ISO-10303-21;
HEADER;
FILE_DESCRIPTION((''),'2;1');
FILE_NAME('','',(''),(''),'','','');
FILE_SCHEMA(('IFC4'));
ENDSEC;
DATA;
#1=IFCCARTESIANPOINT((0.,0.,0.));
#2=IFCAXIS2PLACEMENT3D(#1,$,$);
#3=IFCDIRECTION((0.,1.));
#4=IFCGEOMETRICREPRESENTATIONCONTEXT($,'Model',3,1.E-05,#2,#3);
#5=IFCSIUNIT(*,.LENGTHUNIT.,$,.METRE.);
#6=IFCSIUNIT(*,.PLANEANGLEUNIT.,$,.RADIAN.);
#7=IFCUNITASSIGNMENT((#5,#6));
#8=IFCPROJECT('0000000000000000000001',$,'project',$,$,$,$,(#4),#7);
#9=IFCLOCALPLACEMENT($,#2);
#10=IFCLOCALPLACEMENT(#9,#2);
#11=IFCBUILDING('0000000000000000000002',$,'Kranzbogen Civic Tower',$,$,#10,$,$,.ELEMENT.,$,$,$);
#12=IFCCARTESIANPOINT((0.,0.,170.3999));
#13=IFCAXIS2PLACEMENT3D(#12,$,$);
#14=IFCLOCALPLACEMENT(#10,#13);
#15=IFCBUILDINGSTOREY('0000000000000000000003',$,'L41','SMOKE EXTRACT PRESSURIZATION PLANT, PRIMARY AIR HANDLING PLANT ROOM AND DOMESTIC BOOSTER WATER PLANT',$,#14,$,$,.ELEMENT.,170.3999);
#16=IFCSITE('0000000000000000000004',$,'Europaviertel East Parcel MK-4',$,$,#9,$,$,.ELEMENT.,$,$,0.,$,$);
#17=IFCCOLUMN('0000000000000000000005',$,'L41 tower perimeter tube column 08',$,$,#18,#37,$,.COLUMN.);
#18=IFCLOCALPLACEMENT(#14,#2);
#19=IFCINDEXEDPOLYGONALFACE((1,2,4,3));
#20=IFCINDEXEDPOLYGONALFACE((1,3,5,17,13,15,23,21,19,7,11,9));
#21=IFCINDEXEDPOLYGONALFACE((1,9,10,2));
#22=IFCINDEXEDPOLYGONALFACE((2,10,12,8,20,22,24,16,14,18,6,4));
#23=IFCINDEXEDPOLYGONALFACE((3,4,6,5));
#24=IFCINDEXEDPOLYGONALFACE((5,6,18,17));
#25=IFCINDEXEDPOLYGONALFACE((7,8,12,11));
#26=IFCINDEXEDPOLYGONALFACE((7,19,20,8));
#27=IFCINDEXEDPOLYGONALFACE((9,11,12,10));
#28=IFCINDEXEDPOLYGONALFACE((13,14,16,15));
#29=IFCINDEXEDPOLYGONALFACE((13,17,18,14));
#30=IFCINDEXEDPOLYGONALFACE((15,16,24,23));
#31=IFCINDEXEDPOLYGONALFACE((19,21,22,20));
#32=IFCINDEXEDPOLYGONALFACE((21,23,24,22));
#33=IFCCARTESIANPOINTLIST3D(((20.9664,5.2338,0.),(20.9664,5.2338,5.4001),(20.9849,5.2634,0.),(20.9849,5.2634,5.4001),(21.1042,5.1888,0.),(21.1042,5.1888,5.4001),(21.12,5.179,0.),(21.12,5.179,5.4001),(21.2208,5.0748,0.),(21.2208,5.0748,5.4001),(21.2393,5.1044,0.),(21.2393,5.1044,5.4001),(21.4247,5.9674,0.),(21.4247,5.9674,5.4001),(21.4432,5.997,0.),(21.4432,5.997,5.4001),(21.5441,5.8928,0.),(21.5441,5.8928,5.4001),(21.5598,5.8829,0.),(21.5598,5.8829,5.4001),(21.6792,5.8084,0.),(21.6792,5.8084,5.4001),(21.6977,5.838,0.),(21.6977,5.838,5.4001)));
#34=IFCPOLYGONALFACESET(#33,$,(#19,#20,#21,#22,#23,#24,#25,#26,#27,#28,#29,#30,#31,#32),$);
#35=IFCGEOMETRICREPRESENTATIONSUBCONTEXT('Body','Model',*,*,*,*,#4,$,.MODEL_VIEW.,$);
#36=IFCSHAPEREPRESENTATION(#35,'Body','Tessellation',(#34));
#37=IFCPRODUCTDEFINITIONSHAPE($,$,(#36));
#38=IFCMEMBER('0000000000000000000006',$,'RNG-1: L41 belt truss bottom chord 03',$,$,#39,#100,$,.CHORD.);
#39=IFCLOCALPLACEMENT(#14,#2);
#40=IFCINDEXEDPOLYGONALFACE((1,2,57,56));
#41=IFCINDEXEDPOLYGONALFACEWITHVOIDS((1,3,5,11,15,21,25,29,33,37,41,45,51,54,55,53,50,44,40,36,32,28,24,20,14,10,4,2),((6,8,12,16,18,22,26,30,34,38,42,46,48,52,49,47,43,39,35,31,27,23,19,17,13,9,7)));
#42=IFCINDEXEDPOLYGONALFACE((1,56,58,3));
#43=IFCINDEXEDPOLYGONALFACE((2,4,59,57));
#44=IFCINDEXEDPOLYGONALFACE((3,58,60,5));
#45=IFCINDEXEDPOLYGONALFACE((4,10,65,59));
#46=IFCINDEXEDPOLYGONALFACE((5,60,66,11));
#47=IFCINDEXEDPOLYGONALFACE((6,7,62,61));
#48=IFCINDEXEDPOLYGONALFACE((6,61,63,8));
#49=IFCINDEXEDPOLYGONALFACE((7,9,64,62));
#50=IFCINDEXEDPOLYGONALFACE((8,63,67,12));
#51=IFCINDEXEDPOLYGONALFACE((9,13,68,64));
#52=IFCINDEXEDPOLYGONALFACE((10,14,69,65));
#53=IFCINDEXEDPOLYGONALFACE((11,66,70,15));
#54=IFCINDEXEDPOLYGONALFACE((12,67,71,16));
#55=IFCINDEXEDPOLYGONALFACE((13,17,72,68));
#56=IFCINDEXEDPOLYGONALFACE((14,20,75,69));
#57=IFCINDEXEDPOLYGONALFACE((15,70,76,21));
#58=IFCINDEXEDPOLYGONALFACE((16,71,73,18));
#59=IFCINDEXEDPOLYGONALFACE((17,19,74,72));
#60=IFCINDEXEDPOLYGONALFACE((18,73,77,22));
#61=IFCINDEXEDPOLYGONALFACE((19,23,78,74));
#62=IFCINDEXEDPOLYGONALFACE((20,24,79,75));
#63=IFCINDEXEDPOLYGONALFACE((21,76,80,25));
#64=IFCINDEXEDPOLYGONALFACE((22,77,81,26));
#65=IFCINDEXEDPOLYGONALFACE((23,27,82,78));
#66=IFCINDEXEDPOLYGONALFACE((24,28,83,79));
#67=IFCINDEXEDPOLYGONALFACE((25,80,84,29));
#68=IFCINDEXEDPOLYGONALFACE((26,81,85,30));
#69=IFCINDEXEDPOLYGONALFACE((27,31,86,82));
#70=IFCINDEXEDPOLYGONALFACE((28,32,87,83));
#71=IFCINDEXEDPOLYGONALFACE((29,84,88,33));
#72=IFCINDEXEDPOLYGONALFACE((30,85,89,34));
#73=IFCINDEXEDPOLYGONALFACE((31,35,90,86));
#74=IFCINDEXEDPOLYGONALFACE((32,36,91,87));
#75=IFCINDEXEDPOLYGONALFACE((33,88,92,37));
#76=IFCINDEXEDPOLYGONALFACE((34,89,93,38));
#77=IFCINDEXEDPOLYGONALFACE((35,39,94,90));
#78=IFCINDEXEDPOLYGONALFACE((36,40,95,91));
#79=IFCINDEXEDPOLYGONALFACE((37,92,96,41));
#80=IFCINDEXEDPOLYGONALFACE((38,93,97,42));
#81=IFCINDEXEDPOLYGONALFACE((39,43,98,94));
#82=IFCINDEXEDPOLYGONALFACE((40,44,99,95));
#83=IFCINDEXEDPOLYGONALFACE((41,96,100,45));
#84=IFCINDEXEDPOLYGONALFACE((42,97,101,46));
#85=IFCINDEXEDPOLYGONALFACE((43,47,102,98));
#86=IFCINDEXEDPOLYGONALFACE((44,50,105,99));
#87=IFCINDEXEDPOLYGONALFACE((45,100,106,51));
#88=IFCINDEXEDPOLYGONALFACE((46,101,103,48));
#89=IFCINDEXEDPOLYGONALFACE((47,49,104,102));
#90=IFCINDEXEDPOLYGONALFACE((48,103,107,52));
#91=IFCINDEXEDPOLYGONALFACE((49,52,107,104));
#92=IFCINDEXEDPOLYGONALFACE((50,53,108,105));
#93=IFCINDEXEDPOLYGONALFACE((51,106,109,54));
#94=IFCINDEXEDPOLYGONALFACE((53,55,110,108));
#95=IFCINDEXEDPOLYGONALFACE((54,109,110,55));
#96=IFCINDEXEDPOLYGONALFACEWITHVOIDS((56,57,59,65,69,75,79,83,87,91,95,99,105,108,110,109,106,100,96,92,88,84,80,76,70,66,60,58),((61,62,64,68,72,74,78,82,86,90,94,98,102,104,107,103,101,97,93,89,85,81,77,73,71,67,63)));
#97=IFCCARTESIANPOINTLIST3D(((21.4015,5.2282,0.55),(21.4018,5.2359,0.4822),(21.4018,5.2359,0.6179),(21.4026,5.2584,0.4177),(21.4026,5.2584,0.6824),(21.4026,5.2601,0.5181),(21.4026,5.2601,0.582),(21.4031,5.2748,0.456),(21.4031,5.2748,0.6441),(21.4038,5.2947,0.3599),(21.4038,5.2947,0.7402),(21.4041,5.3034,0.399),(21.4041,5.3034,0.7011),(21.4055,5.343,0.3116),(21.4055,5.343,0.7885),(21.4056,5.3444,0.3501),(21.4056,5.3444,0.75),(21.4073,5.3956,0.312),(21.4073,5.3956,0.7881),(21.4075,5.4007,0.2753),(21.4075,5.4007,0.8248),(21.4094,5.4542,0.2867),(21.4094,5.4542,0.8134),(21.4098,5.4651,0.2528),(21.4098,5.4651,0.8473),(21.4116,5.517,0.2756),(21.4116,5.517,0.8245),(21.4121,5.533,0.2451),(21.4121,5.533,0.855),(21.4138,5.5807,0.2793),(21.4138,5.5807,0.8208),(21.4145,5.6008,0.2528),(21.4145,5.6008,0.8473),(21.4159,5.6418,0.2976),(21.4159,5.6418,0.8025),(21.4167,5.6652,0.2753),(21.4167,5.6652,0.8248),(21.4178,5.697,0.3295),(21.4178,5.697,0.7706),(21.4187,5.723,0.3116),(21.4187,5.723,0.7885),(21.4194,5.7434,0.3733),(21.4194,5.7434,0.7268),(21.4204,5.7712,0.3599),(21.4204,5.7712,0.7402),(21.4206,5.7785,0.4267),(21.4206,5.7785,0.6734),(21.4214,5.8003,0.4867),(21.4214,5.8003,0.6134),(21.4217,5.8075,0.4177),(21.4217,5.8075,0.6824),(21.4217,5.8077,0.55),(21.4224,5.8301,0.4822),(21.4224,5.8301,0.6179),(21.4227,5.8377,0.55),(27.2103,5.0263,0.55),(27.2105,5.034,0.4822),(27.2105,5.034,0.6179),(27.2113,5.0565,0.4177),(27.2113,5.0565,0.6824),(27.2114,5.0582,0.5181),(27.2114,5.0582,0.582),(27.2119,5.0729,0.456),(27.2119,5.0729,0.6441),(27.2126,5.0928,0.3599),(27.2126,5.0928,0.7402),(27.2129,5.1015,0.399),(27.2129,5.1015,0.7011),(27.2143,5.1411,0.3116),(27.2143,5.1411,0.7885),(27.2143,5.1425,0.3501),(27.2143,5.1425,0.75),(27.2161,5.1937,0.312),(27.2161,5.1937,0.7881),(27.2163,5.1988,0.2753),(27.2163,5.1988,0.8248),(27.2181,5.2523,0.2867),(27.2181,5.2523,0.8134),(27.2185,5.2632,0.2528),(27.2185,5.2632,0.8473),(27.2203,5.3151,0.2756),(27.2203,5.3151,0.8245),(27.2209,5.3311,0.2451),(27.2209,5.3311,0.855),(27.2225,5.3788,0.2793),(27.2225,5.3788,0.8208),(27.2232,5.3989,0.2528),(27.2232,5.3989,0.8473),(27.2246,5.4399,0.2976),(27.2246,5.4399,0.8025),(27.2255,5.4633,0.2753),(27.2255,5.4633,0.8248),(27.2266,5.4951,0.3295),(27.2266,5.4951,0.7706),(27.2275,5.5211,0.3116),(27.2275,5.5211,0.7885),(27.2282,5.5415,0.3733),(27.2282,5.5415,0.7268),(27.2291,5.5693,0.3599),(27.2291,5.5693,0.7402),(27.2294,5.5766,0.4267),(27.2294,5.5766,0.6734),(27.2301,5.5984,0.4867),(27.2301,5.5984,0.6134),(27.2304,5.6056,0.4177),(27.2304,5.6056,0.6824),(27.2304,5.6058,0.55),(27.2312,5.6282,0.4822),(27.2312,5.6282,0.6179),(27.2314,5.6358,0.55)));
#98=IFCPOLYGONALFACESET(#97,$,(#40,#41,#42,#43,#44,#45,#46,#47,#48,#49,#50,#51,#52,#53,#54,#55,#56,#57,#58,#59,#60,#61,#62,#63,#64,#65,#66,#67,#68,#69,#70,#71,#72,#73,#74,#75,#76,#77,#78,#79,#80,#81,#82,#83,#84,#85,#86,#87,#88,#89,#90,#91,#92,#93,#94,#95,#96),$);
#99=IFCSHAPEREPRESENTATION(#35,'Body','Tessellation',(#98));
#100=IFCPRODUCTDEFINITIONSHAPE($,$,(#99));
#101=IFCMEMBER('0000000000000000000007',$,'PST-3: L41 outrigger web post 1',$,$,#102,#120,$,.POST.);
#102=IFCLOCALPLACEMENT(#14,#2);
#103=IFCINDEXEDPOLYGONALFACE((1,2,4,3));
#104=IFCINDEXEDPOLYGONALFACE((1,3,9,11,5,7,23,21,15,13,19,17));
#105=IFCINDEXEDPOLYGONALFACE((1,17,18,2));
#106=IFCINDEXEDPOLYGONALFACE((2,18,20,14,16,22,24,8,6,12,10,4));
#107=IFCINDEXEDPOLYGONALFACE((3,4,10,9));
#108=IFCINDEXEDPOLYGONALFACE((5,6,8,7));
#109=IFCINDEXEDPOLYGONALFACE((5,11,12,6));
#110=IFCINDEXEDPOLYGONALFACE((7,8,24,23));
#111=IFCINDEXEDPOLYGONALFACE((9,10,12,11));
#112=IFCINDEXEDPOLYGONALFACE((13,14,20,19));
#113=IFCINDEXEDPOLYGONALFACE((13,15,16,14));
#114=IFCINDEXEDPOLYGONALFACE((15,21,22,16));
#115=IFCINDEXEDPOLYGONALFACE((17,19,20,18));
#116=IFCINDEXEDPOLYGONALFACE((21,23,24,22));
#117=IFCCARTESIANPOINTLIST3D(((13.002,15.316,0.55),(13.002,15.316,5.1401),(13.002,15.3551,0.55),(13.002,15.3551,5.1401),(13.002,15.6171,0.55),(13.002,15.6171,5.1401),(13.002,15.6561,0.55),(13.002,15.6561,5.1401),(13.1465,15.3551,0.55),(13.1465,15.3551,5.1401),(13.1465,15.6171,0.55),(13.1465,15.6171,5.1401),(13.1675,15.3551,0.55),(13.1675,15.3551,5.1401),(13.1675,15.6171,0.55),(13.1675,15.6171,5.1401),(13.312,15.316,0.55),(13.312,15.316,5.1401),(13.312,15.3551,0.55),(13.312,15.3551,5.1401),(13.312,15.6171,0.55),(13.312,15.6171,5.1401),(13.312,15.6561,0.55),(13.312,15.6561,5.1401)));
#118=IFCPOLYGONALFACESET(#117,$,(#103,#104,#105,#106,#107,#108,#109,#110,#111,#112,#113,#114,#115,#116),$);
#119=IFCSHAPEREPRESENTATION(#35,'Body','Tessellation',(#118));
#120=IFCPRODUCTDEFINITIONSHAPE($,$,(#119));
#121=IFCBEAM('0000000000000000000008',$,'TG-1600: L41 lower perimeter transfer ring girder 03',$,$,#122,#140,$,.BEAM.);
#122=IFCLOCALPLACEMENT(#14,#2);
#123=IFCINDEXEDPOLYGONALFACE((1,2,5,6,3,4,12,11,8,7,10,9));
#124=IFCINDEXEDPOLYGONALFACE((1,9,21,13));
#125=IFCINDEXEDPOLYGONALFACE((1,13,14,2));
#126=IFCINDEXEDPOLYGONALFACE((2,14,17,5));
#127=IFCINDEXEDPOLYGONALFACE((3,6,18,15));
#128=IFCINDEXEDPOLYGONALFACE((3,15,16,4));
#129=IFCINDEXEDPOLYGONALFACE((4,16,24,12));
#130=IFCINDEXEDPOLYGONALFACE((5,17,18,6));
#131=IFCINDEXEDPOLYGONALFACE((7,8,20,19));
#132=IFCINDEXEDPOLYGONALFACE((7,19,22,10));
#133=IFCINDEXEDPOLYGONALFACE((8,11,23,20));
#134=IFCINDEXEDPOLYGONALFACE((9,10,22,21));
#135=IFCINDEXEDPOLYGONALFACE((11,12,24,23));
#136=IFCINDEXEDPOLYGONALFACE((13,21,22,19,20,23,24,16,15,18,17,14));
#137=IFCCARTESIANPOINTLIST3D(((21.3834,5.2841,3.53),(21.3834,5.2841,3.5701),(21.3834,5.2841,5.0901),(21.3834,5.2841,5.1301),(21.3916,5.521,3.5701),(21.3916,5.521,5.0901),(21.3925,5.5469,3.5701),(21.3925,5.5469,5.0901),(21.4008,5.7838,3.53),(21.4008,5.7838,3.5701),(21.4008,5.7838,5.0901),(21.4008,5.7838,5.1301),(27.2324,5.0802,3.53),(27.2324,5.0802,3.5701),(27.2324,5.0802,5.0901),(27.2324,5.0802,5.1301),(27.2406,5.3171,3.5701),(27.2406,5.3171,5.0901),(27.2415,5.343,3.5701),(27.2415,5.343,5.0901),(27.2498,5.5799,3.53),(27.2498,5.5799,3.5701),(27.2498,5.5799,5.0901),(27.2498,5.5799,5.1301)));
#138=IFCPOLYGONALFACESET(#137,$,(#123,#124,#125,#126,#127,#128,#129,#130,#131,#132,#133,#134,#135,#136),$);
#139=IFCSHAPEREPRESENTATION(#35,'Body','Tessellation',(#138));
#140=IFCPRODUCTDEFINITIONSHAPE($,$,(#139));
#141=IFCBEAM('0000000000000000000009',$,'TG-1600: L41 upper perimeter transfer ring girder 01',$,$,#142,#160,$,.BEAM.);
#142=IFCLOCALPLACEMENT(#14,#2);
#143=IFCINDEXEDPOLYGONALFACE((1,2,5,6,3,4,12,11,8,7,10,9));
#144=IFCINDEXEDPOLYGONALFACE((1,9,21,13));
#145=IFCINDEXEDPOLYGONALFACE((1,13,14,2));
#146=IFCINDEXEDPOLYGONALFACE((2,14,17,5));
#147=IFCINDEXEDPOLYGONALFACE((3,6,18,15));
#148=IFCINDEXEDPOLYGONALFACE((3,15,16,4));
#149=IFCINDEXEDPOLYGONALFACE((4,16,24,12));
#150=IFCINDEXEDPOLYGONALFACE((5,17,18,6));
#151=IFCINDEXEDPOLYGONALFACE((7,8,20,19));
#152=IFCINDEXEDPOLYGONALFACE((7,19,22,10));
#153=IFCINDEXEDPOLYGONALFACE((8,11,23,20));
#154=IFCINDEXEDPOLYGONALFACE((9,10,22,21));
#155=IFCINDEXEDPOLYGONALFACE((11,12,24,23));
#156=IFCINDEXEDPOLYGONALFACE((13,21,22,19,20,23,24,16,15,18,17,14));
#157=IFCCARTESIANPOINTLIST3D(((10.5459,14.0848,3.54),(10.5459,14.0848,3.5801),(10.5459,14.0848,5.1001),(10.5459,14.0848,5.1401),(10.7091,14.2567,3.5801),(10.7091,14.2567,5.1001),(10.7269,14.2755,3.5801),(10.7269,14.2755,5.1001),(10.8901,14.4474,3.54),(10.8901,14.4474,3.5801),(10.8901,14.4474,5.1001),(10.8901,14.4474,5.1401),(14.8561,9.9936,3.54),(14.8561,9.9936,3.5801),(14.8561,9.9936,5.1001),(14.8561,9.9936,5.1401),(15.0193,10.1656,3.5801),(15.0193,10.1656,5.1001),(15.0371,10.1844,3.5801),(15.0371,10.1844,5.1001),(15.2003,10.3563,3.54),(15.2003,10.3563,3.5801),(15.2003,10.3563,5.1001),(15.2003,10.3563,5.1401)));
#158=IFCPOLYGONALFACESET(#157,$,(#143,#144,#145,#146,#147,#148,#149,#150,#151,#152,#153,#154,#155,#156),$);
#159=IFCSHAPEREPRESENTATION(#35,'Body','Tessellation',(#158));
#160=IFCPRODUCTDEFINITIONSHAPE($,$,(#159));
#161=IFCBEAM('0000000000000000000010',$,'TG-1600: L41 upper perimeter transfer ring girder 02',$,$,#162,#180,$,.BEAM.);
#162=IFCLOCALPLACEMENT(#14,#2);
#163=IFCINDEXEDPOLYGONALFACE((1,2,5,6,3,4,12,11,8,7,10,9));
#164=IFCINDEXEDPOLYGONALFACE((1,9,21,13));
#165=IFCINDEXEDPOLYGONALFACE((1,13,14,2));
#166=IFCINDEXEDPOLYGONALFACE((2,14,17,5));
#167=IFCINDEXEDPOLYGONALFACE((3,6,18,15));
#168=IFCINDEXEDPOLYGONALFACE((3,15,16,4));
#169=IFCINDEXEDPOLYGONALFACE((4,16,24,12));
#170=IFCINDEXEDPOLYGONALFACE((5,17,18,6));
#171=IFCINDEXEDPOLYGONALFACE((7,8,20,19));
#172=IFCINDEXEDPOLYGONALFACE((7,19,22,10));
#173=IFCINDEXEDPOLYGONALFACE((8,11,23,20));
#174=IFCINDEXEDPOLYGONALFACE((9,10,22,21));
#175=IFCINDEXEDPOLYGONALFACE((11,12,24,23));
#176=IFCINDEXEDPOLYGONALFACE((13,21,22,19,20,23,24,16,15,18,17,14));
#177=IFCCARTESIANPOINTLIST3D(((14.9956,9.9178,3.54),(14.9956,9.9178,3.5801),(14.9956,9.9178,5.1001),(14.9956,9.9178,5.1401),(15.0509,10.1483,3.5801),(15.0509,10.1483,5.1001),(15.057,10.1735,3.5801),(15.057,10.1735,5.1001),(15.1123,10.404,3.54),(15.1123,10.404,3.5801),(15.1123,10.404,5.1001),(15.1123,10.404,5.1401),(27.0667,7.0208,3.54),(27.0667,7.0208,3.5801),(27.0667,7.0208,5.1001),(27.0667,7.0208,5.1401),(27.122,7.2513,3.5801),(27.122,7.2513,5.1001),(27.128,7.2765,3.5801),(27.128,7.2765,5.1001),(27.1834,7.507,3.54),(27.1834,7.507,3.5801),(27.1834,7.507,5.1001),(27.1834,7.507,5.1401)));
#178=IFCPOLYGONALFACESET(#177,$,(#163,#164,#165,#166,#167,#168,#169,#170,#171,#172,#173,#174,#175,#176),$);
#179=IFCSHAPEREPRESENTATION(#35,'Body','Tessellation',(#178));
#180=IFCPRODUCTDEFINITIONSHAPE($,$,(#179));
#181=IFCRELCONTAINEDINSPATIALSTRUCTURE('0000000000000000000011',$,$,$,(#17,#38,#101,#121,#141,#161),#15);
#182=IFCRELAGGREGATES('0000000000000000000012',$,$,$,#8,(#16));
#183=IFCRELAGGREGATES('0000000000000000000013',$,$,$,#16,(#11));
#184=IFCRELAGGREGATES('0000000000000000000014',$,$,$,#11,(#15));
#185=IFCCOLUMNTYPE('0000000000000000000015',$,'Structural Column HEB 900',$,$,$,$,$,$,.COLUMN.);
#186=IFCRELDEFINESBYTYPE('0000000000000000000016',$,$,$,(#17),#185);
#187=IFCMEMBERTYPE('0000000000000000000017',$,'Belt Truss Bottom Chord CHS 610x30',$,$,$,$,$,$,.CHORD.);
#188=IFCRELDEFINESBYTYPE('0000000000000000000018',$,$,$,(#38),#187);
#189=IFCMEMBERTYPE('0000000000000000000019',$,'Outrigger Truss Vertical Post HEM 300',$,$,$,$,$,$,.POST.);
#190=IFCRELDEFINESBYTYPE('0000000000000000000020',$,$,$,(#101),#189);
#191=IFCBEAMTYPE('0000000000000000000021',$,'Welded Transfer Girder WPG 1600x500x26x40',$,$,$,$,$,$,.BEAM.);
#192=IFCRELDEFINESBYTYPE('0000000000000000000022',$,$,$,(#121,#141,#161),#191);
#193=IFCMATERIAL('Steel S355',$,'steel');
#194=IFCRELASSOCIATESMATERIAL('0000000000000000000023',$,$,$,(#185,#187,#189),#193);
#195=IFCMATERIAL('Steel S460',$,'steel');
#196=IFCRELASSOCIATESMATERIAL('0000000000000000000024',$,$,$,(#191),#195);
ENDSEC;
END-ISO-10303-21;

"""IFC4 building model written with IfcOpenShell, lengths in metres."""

from ifc_helpers import new_model, si_unit, direction, frame, origin, origin_2d, place, context, subcontext, project, spatial, hollow_circle, i_section, extrude, material, material_profile, profile_set, type_object, element, save


model = new_model("IFC4")

# Units and contexts
model_context = context("Model", 3, precision=1e-05, world=origin(), true_north=direction((0.0, 1.0)))
body_context = subcontext(model_context, "Body", "Model", "MODEL_VIEW")
ifc_project = project(units=[si_unit("LENGTHUNIT", "METRE"), si_unit("PLANEANGLEUNIT", "RADIAN")], contexts=[model_context])

# Site, building, storey
site_placement = place(None, origin())
site = spatial("IfcSite", under=ifc_project, at=site_placement, Name="Europaviertel East Parcel MK-4", CompositionType="ELEMENT", RefElevation=0.0)
building_placement = place(site_placement, origin())
building = spatial("IfcBuilding", under=site, at=building_placement, Name="Kranzbogen Civic Tower", CompositionType="ELEMENT")
storey_placement = place(building_placement, frame((0.0, 0.0, 170.3999)))
storey = spatial("IfcBuildingStorey", under=building, at=storey_placement, Name="L41", Description="SMOKE EXTRACT PRESSURIZATION PLANT, PRIMARY AIR HANDLING PLANT ROOM AND DOMESTIC BOOSTER WATER PLANT", CompositionType="ELEMENT", Elevation=170.3999)

# Column
ifc_material_1 = material(Name="Steel S355", Category="steel")
ifc_material_profile_1 = material_profile(ifc_material_1, i_section(OverallWidth=0.3, OverallDepth=0.8999, WebThickness=0.0186, FlangeThickness=0.0349, at=origin_2d()), Name="HEB 900")
ifc_profile_set_1 = profile_set([ifc_material_profile_1], Name="Steel S355")
column_type = type_object("IfcColumnType", Name="Structural Column HEB 900", PredefinedType="COLUMN", material=ifc_profile_set_1)
column_placement = place(storey_placement, frame((21.332, 5.5359, 0.0), z_axis=(0.0, 0.0, 1.0), x_axis=(-0.848048, 0.529919, 0.0)))
element("IfcColumn", 1, at=column_placement, inside=storey, type_object=column_type, Name="L41 tower perimeter tube column 08", PredefinedType="COLUMN", context=body_context, shape_type="SweptSolid", body=[
    extrude(i_section(OverallWidth=0.3, OverallDepth=0.8999, WebThickness=0.0186, FlangeThickness=0.0349, at=origin_2d()), origin(), (0.0, 0.0, 1.0), 5.4001),
])

# Members
ifc_material_profile_2 = material_profile(ifc_material_1, hollow_circle(Radius=0.3049, WallThickness=0.03, at=origin_2d()), Name="CHS 610x30")
ifc_profile_set_2 = profile_set([ifc_material_profile_2], Name="Steel S355")
member_type_1 = type_object("IfcMemberType", Name="Belt Truss Bottom Chord CHS 610x30", PredefinedType="CHORD", material=ifc_profile_set_2)
member_1_placement = place(storey_placement, frame((21.4121, 5.533, 0.55), z_axis=(0.999396, -0.034737, 0.0), x_axis=(0.034737, 0.999396, 0.0)))
element("IfcMember", 2, at=member_1_placement, inside=storey, type_object=member_type_1, Name="RNG-1: L41 belt truss bottom chord 03", PredefinedType="CHORD", context=body_context, shape_type="SweptSolid", body=[
    extrude(hollow_circle(Radius=0.3049, WallThickness=0.03, at=origin_2d()), origin(), (0.0, 0.0, 1.0), 5.8123),
])
ifc_material_profile_3 = material_profile(ifc_material_1, i_section(OverallWidth=0.3101, OverallDepth=0.3401, WebThickness=0.021, FlangeThickness=0.0391, at=origin_2d()), Name="HEM 300")
ifc_profile_set_3 = profile_set([ifc_material_profile_3], Name="Steel S355")
member_type_2 = type_object("IfcMemberType", Name="Outrigger Truss Vertical Post HEM 300", PredefinedType="POST", material=ifc_profile_set_3)
member_2_placement = place(storey_placement, frame((13.157, 15.4861, 0.55), z_axis=(0.0, 0.0, 1.0), x_axis=(1.0, 0.0, 0.0)))
element("IfcMember", 3, at=member_2_placement, inside=storey, type_object=member_type_2, Name="PST-3: L41 outrigger web post 1", PredefinedType="POST", context=body_context, shape_type="SweptSolid", body=[
    extrude(i_section(OverallWidth=0.3101, OverallDepth=0.3401, WebThickness=0.021, FlangeThickness=0.0391, at=origin_2d()), origin(), (0.0, 0.0, 1.0), 4.5901),
])

# Beams
ifc_material_2 = material(Name="Steel S460", Category="steel")
ifc_material_profile_4 = material_profile(ifc_material_2, i_section(OverallWidth=0.5, OverallDepth=1.6001, WebThickness=0.0259, FlangeThickness=0.04, at=origin_2d()), Name="WPG 1600x500x26x40")
ifc_profile_set_4 = profile_set([ifc_material_profile_4], Name="Steel S460")
beam_type = type_object("IfcBeamType", Name="Welded Transfer Girder WPG 1600x500x26x40", PredefinedType="BEAM", material=ifc_profile_set_4)
beam_1_placement = place(storey_placement, frame((21.3921, 5.5339, 4.3301), z_axis=(0.999393, -0.034833, 0.0), x_axis=(0.034833, 0.999393, 0.0)))
element("IfcBeam", 4, at=beam_1_placement, inside=storey, type_object=beam_type, Name="TG-1600: L41 lower perimeter transfer ring girder 03", PredefinedType="BEAM", context=body_context, shape_type="SweptSolid", body=[
    extrude(i_section(OverallWidth=0.5, OverallDepth=1.6001, WebThickness=0.0259, FlangeThickness=0.04, at=origin_2d()), origin(), (0.0, 0.0, 1.0), 5.8525),
])
beam_2_placement = place(storey_placement, frame((10.718, 14.2661, 4.3401), z_axis=(0.725293, -0.688441, 0.0), x_axis=(0.688441, 0.725293, 0.0)))
element("IfcBeam", 5, at=beam_2_placement, inside=storey, type_object=beam_type, Name="TG-1600: L41 upper perimeter transfer ring girder 01", PredefinedType="BEAM", context=body_context, shape_type="SweptSolid", body=[
    extrude(i_section(OverallWidth=0.5, OverallDepth=1.6001, WebThickness=0.0259, FlangeThickness=0.04, at=origin_2d()), origin(), (0.0, 0.0, 1.0), 5.9426),
])
beam_3_placement = place(storey_placement, frame((15.054, 10.1609, 4.3401), z_axis=(0.972389, -0.233367, 0.0), x_axis=(0.233367, 0.972389, 0.0)))
element("IfcBeam", 6, at=beam_3_placement, inside=storey, type_object=beam_type, Name="TG-1600: L41 upper perimeter transfer ring girder 02", PredefinedType="BEAM", context=body_context, shape_type="SweptSolid", body=[
    extrude(i_section(OverallWidth=0.5, OverallDepth=1.6001, WebThickness=0.0259, FlangeThickness=0.04, at=origin_2d()), origin(), (0.0, 0.0, 1.0), 12.4138),
])

save(model, "model.ifc")
